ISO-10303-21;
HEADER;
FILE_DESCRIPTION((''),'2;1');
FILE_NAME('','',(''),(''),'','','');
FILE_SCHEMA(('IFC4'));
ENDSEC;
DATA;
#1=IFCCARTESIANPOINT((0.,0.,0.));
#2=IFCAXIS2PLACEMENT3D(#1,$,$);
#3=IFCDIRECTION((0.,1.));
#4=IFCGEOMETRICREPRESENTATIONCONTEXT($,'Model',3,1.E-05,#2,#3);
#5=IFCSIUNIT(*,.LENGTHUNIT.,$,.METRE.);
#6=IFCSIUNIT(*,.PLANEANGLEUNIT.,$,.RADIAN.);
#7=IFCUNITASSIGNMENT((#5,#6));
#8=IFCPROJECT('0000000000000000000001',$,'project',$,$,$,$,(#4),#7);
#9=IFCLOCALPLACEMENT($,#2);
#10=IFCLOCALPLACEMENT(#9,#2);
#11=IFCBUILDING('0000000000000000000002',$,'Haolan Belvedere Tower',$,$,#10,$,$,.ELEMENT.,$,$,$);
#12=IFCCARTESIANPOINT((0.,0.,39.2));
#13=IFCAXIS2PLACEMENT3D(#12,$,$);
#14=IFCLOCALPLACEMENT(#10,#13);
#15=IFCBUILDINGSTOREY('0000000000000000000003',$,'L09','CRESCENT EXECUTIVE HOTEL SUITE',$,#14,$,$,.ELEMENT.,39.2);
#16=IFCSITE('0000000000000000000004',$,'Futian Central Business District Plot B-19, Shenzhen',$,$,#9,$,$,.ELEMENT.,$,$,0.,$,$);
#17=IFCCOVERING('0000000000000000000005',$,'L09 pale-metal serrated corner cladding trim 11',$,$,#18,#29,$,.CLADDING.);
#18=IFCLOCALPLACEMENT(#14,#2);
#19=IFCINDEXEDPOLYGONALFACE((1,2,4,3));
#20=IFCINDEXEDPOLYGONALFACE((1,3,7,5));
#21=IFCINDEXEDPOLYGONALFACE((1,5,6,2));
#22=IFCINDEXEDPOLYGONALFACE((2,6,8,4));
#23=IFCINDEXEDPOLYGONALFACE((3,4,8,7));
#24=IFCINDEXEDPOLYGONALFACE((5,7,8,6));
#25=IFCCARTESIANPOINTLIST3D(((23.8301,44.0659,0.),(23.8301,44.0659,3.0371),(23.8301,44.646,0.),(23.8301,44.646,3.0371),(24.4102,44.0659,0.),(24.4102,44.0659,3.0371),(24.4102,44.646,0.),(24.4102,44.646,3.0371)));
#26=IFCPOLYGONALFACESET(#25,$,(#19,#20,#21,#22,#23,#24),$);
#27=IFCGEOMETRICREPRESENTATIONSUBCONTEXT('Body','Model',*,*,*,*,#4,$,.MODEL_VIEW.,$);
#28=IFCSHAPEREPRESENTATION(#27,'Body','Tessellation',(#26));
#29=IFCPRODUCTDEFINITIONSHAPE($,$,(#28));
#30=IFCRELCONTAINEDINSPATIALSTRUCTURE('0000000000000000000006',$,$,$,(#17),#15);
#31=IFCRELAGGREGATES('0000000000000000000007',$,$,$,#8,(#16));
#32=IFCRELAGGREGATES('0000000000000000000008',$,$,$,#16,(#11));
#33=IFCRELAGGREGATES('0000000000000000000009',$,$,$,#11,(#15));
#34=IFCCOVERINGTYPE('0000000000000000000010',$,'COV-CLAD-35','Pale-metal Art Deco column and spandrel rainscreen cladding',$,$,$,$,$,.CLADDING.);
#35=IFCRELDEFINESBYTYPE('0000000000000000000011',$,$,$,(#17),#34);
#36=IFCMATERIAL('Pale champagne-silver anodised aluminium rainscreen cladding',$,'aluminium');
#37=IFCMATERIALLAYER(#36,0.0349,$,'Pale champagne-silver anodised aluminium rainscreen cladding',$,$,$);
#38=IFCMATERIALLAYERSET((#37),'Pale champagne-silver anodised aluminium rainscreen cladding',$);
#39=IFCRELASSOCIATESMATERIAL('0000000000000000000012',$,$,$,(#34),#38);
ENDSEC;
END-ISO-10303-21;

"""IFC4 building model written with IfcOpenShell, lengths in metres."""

from ifc_helpers import new_model, si_unit, direction, frame, origin, origin_2d, place, context, subcontext, project, spatial, rectangle, extrude, material, layer, layer_set, type_object, element, save


model = new_model("IFC4")

# Units and contexts
model_context = context("Model", 3, precision=1e-05, world=origin(), true_north=direction((0.0, 1.0)))
body_context = subcontext(model_context, "Body", "Model", "MODEL_VIEW")
ifc_project = project(units=[si_unit("LENGTHUNIT", "METRE"), si_unit("PLANEANGLEUNIT", "RADIAN")], contexts=[model_context])

# Site, building, storey
site_placement = place(None, origin())
site = spatial("IfcSite", under=ifc_project, at=site_placement, Name="Futian Central Business District Plot B-19, Shenzhen", CompositionType="ELEMENT", RefElevation=0.0)
building_placement = place(site_placement, origin())
building = spatial("IfcBuilding", under=site, at=building_placement, Name="Haolan Belvedere Tower", CompositionType="ELEMENT")
storey_placement = place(building_placement, frame((0.0, 0.0, 39.2)))
storey = spatial("IfcBuildingStorey", under=building, at=storey_placement, Name="L09", Description="CRESCENT EXECUTIVE HOTEL SUITE", CompositionType="ELEMENT", Elevation=39.2)

# Covering
ifc_material_1 = material(Name="Pale champagne-silver anodised aluminium rainscreen cladding", Category="aluminium")
ifc_layer_1 = layer(ifc_material_1, 0.0349, Name="Pale champagne-silver anodised aluminium rainscreen cladding")
ifc_layer_set_1 = layer_set([ifc_layer_1], Name="Pale champagne-silver anodised aluminium rainscreen cladding")
covering_type = type_object("IfcCoveringType", Name="COV-CLAD-35", Description="Pale-metal Art Deco column and spandrel rainscreen cladding", PredefinedType="CLADDING", material=ifc_layer_set_1)
covering_1_placement = place(storey_placement, frame((24.1201, 44.356, 0.0), z_axis=(0.0, 0.0, 1.0), x_axis=(1.0, 0.0, 0.0)))
element("IfcCovering", 1, at=covering_1_placement, inside=storey, type_object=covering_type, Name="L09 pale-metal serrated corner cladding trim 11", PredefinedType="CLADDING", context=body_context, shape_type="SweptSolid", body=[
    extrude(rectangle(XDim=0.5801, YDim=0.5801, at=origin_2d()), origin(), (0.0, 0.0, 1.0), 3.0371),
])

save(model, "model.ifc")
